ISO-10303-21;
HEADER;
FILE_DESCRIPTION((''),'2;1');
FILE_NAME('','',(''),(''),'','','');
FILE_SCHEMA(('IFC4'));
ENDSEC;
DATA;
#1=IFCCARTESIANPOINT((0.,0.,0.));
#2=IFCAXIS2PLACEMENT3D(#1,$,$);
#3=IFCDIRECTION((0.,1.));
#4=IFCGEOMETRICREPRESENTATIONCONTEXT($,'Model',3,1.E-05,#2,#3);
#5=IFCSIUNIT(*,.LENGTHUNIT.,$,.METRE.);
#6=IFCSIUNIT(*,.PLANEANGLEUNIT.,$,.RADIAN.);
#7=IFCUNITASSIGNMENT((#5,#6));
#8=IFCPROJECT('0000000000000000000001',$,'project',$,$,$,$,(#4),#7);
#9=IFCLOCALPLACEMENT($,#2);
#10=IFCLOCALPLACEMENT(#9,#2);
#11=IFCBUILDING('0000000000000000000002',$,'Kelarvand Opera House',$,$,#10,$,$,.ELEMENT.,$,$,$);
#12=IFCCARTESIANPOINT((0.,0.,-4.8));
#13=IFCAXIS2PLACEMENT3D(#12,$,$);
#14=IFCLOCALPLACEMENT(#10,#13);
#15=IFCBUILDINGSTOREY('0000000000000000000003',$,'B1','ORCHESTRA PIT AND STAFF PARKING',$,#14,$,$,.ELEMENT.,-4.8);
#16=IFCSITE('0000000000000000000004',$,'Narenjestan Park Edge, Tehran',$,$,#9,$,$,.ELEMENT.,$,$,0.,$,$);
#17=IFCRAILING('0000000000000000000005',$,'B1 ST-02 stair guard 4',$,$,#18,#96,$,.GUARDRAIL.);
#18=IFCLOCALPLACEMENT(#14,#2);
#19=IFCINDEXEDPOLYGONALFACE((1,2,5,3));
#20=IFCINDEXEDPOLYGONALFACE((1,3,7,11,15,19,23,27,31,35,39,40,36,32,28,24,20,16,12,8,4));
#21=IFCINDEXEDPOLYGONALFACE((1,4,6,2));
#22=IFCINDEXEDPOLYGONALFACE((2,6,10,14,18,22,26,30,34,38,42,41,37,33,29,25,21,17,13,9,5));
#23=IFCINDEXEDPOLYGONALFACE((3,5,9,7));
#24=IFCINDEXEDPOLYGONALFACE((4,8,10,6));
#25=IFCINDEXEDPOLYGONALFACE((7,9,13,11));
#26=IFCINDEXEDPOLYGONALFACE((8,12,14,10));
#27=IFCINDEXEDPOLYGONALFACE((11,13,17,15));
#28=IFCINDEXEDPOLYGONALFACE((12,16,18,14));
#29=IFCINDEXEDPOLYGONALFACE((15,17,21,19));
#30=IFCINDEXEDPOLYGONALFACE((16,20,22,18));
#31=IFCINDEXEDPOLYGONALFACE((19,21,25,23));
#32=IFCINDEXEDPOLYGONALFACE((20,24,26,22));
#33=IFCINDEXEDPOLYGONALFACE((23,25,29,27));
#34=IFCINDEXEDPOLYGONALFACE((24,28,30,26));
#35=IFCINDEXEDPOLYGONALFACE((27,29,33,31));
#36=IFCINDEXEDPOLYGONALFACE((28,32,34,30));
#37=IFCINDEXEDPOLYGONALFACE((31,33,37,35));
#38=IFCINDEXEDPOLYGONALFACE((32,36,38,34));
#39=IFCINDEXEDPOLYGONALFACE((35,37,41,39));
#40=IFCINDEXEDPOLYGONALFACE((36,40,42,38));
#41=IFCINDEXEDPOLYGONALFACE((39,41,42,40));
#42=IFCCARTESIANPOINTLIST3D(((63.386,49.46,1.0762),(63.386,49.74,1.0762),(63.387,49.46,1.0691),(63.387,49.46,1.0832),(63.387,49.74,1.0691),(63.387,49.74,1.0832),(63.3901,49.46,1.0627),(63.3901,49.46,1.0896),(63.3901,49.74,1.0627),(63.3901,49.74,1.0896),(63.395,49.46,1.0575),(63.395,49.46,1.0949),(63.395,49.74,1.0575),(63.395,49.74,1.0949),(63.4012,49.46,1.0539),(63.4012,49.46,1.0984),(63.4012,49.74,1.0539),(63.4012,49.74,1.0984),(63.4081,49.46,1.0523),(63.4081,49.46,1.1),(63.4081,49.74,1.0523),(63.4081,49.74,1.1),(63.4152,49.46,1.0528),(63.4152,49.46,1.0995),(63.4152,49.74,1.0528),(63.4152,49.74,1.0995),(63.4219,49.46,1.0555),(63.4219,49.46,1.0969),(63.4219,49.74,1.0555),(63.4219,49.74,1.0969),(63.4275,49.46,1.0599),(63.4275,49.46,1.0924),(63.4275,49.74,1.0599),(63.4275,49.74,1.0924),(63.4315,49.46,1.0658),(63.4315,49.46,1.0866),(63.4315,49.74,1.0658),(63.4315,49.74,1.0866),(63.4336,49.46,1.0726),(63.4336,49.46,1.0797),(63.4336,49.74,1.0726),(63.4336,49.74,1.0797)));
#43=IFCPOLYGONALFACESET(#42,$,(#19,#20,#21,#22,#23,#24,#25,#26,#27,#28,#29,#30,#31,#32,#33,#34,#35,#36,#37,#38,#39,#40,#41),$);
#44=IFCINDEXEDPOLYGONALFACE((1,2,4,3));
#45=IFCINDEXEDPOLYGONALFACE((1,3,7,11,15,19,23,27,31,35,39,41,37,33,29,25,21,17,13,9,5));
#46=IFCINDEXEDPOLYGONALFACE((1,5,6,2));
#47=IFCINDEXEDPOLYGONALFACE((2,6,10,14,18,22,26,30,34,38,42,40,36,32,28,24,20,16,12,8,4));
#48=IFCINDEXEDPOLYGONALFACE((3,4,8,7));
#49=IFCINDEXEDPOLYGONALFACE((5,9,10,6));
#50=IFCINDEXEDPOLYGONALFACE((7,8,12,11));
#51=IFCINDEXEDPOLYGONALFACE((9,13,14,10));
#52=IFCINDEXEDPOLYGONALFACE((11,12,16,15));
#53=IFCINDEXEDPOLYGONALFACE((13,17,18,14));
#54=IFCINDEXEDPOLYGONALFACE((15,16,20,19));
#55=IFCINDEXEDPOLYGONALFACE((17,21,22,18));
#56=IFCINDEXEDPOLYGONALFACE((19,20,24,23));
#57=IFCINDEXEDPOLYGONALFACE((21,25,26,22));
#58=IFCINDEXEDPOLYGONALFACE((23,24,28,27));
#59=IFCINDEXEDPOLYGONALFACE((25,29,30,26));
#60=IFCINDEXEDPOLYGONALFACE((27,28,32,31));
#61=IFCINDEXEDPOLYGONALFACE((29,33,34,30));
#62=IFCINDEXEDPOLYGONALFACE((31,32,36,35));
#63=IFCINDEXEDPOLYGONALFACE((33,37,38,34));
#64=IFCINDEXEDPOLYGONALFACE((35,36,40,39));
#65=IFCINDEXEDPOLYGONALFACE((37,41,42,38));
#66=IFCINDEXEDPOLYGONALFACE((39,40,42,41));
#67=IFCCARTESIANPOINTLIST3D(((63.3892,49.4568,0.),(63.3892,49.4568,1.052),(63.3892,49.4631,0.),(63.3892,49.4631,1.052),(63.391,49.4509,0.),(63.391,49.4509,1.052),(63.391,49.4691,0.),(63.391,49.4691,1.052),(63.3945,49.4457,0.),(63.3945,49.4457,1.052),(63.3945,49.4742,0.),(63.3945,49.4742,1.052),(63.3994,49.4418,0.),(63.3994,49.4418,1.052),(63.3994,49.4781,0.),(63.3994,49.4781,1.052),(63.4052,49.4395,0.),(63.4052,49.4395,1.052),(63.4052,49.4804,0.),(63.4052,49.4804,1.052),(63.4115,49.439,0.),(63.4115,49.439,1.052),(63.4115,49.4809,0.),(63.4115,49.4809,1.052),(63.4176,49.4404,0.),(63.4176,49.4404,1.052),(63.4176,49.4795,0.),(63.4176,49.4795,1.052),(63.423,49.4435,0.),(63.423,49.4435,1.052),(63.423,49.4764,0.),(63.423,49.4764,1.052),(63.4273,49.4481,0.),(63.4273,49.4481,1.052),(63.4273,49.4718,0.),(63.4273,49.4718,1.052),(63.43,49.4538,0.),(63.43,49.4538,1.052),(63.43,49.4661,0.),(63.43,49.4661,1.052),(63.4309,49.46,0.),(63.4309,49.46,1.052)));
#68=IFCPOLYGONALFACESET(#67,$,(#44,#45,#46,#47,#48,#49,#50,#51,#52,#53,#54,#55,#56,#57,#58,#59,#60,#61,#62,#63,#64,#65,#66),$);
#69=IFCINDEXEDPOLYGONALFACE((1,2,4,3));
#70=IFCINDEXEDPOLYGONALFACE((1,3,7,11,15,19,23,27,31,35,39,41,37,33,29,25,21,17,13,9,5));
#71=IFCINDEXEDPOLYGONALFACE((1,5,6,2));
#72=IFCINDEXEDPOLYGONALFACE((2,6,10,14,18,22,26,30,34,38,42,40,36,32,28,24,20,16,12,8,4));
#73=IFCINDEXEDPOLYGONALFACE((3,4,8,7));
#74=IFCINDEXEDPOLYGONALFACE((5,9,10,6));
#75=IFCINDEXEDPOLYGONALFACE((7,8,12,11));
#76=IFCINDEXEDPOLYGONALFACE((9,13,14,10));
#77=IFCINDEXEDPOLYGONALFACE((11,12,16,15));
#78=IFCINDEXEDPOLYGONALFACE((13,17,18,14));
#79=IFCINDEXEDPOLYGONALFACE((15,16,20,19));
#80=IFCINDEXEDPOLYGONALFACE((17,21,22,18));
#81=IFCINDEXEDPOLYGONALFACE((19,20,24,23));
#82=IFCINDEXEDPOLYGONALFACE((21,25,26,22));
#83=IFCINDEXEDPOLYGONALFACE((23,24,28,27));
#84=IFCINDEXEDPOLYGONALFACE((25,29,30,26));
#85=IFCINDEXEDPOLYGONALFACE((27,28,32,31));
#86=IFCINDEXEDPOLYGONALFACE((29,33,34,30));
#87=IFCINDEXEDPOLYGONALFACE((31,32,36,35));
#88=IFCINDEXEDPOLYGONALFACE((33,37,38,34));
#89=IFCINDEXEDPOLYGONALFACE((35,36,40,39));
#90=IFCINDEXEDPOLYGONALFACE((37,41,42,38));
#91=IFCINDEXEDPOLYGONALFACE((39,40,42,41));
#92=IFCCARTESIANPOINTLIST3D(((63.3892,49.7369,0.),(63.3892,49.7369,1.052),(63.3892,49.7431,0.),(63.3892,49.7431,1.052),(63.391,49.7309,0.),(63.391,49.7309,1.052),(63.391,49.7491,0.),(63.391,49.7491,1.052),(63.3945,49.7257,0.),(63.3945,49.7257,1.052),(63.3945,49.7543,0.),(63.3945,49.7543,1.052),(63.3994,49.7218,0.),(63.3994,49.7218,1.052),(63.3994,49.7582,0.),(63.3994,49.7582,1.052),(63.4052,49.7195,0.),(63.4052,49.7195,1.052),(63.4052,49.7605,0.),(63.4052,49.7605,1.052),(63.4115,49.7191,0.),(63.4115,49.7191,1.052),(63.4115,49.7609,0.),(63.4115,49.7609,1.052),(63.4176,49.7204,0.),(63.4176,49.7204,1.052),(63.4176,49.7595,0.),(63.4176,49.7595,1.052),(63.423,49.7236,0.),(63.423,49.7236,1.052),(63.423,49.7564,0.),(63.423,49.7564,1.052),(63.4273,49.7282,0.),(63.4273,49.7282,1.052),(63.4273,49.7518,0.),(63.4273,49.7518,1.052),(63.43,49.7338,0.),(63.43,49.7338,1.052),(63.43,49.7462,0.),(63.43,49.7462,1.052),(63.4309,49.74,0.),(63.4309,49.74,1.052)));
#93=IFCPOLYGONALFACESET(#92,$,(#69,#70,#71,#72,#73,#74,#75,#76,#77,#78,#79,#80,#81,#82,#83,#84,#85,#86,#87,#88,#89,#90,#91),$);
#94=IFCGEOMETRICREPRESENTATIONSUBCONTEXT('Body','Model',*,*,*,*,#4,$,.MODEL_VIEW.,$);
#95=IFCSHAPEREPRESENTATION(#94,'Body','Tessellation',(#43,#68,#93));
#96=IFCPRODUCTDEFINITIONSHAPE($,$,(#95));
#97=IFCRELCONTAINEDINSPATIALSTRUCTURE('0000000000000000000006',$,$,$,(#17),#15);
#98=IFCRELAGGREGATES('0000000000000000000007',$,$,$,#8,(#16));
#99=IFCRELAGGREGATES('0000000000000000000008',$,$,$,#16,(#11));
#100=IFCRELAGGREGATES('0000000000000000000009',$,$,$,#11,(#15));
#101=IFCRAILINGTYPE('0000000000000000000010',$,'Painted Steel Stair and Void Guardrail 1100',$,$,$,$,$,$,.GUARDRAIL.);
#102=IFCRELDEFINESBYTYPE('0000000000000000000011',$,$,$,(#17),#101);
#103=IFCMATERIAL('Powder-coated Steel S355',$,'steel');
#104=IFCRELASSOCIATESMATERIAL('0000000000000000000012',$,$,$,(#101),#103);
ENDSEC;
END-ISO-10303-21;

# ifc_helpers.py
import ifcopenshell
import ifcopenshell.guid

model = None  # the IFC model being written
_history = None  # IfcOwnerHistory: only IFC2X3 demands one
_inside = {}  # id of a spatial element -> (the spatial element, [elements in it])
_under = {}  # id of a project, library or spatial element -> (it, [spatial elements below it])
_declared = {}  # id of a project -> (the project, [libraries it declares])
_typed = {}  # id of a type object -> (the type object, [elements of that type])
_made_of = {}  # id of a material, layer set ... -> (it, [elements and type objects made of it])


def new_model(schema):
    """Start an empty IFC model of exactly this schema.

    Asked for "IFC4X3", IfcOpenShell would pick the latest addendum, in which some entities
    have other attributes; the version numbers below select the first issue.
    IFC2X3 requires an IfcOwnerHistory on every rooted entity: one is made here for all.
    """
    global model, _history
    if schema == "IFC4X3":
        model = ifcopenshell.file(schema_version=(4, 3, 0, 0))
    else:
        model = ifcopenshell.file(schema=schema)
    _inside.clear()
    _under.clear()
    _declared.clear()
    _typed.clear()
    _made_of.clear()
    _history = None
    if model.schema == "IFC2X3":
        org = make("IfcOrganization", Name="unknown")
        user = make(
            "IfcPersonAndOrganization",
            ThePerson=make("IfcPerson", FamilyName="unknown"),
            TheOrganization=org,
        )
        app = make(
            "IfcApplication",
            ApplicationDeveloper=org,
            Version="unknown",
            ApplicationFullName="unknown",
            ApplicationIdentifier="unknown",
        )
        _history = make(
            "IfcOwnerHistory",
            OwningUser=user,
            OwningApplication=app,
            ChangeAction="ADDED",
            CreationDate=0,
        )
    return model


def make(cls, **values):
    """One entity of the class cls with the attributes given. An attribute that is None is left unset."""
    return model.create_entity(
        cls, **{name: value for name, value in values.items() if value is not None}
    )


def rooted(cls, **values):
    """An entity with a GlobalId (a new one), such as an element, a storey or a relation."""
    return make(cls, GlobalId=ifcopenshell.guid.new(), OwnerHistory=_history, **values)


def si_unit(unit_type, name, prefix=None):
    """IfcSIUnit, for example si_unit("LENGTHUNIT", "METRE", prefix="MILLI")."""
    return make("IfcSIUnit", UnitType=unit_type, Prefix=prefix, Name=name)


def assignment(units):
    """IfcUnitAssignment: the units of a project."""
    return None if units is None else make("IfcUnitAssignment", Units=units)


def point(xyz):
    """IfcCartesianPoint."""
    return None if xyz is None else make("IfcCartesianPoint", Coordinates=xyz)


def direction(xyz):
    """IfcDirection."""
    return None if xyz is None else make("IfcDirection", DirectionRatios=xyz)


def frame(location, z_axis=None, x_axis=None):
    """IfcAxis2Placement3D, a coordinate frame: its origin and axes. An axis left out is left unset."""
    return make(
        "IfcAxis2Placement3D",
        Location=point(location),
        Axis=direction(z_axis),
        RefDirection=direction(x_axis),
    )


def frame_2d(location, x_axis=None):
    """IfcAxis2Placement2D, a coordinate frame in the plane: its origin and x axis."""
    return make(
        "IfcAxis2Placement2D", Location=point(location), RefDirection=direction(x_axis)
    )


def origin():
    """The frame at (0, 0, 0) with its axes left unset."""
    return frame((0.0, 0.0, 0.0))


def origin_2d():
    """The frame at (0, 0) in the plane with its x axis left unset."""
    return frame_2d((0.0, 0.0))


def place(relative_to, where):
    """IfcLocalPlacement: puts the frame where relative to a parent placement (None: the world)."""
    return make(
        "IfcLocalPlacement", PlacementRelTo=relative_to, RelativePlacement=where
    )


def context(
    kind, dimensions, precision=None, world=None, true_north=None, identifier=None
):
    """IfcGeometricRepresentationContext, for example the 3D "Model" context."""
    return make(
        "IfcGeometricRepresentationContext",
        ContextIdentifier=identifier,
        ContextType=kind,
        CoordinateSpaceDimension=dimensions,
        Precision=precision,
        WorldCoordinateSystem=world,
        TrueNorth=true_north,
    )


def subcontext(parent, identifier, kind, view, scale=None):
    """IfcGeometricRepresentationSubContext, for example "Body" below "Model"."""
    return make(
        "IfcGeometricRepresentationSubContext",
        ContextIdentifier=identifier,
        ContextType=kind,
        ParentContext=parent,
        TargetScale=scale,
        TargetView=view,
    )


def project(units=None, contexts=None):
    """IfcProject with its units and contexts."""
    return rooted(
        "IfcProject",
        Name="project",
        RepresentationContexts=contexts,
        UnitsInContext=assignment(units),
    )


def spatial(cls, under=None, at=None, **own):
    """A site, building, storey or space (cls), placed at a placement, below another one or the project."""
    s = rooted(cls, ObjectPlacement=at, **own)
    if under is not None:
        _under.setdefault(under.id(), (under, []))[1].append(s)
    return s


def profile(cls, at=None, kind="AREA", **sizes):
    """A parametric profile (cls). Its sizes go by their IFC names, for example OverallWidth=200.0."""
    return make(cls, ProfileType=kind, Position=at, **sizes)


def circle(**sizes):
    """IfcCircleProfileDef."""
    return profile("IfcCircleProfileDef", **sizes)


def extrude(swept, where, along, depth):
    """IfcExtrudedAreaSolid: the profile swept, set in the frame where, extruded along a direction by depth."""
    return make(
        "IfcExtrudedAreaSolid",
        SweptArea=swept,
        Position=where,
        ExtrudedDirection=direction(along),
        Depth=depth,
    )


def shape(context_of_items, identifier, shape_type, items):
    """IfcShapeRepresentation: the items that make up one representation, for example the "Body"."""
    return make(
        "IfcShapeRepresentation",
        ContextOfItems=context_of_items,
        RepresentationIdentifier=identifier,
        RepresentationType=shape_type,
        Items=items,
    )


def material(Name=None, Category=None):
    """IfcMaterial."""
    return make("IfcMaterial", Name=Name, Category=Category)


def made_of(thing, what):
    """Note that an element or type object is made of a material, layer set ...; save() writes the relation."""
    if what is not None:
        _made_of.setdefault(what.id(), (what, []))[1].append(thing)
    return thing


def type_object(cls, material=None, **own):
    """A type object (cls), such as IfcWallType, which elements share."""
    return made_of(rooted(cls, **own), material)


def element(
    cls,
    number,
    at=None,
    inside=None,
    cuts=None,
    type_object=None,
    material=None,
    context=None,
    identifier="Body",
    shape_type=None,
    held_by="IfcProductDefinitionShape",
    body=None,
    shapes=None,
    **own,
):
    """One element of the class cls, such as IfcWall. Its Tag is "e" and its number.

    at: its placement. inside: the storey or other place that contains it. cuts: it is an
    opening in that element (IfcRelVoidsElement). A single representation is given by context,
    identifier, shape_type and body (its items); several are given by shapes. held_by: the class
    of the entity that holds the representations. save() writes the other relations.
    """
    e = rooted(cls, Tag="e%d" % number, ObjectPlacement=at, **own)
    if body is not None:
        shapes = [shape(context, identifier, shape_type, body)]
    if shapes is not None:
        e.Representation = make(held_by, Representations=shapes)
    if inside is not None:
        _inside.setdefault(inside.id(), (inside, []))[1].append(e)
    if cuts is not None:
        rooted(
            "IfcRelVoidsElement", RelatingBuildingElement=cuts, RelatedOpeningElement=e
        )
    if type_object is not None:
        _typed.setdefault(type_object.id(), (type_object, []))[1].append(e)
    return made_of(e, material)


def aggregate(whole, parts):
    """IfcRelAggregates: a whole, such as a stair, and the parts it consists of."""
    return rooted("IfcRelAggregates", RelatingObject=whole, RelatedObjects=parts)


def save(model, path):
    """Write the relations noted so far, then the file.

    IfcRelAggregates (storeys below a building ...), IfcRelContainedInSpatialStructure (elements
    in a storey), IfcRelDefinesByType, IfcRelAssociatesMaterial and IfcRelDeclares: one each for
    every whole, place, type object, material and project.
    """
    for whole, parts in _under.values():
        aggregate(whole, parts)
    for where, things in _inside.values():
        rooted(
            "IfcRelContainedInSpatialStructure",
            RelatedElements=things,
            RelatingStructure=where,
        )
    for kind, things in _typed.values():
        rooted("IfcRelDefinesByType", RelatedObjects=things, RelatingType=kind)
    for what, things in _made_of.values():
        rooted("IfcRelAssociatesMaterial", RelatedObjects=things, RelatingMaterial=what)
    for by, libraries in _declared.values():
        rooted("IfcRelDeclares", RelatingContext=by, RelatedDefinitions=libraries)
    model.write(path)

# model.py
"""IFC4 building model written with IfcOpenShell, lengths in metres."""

from ifc_helpers import new_model, si_unit, direction, frame, origin, origin_2d, place, context, subcontext, project, spatial, circle, extrude, material, type_object, element, save


model = new_model("IFC4")

# Units and contexts
model_context = context("Model", 3, precision=1e-05, world=origin(), true_north=direction((0.0, 1.0)))
body_context = subcontext(model_context, "Body", "Model", "MODEL_VIEW")
ifc_project = project(units=[si_unit("LENGTHUNIT", "METRE"), si_unit("PLANEANGLEUNIT", "RADIAN")], contexts=[model_context])

# Site, building, storey
site_placement = place(None, origin())
site = spatial("IfcSite", under=ifc_project, at=site_placement, Name="Narenjestan Park Edge, Tehran", CompositionType="ELEMENT", RefElevation=0.0)
building_placement = place(site_placement, origin())
building = spatial("IfcBuilding", under=site, at=building_placement, Name="Kelarvand Opera House", CompositionType="ELEMENT")
storey_placement = place(building_placement, frame((0.0, 0.0, -4.8)))
storey = spatial("IfcBuildingStorey", under=building, at=storey_placement, Name="B1", Description="ORCHESTRA PIT AND STAFF PARKING", CompositionType="ELEMENT", Elevation=-4.8)

# Railing
ifc_material_1 = material(Name="Powder-coated Steel S355", Category="steel")
railing_type_1 = type_object("IfcRailingType", Name="Painted Steel Stair and Void Guardrail 1100", PredefinedType="GUARDRAIL", material=ifc_material_1)
railing_1_placement = place(storey_placement, frame((63.4099, 49.46, 0.0)))
element("IfcRailing", 1, at=railing_1_placement, inside=storey, type_object=railing_type_1, Name="B1 ST-02 stair guard 4", PredefinedType="GUARDRAIL", context=body_context, shape_type="SweptSolid", body=[
    extrude(circle(Radius=0.0239, at=origin_2d()), frame((0.0, 0.0, 1.0762), z_axis=(0.0, 1.0, 0.0), x_axis=(-1.0, 0.0, 0.0)), (0.0, 0.0, 1.0), 0.28),
    extrude(circle(Radius=0.021, at=origin_2d()), origin(), (0.0, 0.0, 1.0), 1.052),
    extrude(circle(Radius=0.021, at=origin_2d()), frame((0.0, 0.28, 0.0)), (0.0, 0.0, 1.0), 1.052),
])

save(model, "model.ifc")
